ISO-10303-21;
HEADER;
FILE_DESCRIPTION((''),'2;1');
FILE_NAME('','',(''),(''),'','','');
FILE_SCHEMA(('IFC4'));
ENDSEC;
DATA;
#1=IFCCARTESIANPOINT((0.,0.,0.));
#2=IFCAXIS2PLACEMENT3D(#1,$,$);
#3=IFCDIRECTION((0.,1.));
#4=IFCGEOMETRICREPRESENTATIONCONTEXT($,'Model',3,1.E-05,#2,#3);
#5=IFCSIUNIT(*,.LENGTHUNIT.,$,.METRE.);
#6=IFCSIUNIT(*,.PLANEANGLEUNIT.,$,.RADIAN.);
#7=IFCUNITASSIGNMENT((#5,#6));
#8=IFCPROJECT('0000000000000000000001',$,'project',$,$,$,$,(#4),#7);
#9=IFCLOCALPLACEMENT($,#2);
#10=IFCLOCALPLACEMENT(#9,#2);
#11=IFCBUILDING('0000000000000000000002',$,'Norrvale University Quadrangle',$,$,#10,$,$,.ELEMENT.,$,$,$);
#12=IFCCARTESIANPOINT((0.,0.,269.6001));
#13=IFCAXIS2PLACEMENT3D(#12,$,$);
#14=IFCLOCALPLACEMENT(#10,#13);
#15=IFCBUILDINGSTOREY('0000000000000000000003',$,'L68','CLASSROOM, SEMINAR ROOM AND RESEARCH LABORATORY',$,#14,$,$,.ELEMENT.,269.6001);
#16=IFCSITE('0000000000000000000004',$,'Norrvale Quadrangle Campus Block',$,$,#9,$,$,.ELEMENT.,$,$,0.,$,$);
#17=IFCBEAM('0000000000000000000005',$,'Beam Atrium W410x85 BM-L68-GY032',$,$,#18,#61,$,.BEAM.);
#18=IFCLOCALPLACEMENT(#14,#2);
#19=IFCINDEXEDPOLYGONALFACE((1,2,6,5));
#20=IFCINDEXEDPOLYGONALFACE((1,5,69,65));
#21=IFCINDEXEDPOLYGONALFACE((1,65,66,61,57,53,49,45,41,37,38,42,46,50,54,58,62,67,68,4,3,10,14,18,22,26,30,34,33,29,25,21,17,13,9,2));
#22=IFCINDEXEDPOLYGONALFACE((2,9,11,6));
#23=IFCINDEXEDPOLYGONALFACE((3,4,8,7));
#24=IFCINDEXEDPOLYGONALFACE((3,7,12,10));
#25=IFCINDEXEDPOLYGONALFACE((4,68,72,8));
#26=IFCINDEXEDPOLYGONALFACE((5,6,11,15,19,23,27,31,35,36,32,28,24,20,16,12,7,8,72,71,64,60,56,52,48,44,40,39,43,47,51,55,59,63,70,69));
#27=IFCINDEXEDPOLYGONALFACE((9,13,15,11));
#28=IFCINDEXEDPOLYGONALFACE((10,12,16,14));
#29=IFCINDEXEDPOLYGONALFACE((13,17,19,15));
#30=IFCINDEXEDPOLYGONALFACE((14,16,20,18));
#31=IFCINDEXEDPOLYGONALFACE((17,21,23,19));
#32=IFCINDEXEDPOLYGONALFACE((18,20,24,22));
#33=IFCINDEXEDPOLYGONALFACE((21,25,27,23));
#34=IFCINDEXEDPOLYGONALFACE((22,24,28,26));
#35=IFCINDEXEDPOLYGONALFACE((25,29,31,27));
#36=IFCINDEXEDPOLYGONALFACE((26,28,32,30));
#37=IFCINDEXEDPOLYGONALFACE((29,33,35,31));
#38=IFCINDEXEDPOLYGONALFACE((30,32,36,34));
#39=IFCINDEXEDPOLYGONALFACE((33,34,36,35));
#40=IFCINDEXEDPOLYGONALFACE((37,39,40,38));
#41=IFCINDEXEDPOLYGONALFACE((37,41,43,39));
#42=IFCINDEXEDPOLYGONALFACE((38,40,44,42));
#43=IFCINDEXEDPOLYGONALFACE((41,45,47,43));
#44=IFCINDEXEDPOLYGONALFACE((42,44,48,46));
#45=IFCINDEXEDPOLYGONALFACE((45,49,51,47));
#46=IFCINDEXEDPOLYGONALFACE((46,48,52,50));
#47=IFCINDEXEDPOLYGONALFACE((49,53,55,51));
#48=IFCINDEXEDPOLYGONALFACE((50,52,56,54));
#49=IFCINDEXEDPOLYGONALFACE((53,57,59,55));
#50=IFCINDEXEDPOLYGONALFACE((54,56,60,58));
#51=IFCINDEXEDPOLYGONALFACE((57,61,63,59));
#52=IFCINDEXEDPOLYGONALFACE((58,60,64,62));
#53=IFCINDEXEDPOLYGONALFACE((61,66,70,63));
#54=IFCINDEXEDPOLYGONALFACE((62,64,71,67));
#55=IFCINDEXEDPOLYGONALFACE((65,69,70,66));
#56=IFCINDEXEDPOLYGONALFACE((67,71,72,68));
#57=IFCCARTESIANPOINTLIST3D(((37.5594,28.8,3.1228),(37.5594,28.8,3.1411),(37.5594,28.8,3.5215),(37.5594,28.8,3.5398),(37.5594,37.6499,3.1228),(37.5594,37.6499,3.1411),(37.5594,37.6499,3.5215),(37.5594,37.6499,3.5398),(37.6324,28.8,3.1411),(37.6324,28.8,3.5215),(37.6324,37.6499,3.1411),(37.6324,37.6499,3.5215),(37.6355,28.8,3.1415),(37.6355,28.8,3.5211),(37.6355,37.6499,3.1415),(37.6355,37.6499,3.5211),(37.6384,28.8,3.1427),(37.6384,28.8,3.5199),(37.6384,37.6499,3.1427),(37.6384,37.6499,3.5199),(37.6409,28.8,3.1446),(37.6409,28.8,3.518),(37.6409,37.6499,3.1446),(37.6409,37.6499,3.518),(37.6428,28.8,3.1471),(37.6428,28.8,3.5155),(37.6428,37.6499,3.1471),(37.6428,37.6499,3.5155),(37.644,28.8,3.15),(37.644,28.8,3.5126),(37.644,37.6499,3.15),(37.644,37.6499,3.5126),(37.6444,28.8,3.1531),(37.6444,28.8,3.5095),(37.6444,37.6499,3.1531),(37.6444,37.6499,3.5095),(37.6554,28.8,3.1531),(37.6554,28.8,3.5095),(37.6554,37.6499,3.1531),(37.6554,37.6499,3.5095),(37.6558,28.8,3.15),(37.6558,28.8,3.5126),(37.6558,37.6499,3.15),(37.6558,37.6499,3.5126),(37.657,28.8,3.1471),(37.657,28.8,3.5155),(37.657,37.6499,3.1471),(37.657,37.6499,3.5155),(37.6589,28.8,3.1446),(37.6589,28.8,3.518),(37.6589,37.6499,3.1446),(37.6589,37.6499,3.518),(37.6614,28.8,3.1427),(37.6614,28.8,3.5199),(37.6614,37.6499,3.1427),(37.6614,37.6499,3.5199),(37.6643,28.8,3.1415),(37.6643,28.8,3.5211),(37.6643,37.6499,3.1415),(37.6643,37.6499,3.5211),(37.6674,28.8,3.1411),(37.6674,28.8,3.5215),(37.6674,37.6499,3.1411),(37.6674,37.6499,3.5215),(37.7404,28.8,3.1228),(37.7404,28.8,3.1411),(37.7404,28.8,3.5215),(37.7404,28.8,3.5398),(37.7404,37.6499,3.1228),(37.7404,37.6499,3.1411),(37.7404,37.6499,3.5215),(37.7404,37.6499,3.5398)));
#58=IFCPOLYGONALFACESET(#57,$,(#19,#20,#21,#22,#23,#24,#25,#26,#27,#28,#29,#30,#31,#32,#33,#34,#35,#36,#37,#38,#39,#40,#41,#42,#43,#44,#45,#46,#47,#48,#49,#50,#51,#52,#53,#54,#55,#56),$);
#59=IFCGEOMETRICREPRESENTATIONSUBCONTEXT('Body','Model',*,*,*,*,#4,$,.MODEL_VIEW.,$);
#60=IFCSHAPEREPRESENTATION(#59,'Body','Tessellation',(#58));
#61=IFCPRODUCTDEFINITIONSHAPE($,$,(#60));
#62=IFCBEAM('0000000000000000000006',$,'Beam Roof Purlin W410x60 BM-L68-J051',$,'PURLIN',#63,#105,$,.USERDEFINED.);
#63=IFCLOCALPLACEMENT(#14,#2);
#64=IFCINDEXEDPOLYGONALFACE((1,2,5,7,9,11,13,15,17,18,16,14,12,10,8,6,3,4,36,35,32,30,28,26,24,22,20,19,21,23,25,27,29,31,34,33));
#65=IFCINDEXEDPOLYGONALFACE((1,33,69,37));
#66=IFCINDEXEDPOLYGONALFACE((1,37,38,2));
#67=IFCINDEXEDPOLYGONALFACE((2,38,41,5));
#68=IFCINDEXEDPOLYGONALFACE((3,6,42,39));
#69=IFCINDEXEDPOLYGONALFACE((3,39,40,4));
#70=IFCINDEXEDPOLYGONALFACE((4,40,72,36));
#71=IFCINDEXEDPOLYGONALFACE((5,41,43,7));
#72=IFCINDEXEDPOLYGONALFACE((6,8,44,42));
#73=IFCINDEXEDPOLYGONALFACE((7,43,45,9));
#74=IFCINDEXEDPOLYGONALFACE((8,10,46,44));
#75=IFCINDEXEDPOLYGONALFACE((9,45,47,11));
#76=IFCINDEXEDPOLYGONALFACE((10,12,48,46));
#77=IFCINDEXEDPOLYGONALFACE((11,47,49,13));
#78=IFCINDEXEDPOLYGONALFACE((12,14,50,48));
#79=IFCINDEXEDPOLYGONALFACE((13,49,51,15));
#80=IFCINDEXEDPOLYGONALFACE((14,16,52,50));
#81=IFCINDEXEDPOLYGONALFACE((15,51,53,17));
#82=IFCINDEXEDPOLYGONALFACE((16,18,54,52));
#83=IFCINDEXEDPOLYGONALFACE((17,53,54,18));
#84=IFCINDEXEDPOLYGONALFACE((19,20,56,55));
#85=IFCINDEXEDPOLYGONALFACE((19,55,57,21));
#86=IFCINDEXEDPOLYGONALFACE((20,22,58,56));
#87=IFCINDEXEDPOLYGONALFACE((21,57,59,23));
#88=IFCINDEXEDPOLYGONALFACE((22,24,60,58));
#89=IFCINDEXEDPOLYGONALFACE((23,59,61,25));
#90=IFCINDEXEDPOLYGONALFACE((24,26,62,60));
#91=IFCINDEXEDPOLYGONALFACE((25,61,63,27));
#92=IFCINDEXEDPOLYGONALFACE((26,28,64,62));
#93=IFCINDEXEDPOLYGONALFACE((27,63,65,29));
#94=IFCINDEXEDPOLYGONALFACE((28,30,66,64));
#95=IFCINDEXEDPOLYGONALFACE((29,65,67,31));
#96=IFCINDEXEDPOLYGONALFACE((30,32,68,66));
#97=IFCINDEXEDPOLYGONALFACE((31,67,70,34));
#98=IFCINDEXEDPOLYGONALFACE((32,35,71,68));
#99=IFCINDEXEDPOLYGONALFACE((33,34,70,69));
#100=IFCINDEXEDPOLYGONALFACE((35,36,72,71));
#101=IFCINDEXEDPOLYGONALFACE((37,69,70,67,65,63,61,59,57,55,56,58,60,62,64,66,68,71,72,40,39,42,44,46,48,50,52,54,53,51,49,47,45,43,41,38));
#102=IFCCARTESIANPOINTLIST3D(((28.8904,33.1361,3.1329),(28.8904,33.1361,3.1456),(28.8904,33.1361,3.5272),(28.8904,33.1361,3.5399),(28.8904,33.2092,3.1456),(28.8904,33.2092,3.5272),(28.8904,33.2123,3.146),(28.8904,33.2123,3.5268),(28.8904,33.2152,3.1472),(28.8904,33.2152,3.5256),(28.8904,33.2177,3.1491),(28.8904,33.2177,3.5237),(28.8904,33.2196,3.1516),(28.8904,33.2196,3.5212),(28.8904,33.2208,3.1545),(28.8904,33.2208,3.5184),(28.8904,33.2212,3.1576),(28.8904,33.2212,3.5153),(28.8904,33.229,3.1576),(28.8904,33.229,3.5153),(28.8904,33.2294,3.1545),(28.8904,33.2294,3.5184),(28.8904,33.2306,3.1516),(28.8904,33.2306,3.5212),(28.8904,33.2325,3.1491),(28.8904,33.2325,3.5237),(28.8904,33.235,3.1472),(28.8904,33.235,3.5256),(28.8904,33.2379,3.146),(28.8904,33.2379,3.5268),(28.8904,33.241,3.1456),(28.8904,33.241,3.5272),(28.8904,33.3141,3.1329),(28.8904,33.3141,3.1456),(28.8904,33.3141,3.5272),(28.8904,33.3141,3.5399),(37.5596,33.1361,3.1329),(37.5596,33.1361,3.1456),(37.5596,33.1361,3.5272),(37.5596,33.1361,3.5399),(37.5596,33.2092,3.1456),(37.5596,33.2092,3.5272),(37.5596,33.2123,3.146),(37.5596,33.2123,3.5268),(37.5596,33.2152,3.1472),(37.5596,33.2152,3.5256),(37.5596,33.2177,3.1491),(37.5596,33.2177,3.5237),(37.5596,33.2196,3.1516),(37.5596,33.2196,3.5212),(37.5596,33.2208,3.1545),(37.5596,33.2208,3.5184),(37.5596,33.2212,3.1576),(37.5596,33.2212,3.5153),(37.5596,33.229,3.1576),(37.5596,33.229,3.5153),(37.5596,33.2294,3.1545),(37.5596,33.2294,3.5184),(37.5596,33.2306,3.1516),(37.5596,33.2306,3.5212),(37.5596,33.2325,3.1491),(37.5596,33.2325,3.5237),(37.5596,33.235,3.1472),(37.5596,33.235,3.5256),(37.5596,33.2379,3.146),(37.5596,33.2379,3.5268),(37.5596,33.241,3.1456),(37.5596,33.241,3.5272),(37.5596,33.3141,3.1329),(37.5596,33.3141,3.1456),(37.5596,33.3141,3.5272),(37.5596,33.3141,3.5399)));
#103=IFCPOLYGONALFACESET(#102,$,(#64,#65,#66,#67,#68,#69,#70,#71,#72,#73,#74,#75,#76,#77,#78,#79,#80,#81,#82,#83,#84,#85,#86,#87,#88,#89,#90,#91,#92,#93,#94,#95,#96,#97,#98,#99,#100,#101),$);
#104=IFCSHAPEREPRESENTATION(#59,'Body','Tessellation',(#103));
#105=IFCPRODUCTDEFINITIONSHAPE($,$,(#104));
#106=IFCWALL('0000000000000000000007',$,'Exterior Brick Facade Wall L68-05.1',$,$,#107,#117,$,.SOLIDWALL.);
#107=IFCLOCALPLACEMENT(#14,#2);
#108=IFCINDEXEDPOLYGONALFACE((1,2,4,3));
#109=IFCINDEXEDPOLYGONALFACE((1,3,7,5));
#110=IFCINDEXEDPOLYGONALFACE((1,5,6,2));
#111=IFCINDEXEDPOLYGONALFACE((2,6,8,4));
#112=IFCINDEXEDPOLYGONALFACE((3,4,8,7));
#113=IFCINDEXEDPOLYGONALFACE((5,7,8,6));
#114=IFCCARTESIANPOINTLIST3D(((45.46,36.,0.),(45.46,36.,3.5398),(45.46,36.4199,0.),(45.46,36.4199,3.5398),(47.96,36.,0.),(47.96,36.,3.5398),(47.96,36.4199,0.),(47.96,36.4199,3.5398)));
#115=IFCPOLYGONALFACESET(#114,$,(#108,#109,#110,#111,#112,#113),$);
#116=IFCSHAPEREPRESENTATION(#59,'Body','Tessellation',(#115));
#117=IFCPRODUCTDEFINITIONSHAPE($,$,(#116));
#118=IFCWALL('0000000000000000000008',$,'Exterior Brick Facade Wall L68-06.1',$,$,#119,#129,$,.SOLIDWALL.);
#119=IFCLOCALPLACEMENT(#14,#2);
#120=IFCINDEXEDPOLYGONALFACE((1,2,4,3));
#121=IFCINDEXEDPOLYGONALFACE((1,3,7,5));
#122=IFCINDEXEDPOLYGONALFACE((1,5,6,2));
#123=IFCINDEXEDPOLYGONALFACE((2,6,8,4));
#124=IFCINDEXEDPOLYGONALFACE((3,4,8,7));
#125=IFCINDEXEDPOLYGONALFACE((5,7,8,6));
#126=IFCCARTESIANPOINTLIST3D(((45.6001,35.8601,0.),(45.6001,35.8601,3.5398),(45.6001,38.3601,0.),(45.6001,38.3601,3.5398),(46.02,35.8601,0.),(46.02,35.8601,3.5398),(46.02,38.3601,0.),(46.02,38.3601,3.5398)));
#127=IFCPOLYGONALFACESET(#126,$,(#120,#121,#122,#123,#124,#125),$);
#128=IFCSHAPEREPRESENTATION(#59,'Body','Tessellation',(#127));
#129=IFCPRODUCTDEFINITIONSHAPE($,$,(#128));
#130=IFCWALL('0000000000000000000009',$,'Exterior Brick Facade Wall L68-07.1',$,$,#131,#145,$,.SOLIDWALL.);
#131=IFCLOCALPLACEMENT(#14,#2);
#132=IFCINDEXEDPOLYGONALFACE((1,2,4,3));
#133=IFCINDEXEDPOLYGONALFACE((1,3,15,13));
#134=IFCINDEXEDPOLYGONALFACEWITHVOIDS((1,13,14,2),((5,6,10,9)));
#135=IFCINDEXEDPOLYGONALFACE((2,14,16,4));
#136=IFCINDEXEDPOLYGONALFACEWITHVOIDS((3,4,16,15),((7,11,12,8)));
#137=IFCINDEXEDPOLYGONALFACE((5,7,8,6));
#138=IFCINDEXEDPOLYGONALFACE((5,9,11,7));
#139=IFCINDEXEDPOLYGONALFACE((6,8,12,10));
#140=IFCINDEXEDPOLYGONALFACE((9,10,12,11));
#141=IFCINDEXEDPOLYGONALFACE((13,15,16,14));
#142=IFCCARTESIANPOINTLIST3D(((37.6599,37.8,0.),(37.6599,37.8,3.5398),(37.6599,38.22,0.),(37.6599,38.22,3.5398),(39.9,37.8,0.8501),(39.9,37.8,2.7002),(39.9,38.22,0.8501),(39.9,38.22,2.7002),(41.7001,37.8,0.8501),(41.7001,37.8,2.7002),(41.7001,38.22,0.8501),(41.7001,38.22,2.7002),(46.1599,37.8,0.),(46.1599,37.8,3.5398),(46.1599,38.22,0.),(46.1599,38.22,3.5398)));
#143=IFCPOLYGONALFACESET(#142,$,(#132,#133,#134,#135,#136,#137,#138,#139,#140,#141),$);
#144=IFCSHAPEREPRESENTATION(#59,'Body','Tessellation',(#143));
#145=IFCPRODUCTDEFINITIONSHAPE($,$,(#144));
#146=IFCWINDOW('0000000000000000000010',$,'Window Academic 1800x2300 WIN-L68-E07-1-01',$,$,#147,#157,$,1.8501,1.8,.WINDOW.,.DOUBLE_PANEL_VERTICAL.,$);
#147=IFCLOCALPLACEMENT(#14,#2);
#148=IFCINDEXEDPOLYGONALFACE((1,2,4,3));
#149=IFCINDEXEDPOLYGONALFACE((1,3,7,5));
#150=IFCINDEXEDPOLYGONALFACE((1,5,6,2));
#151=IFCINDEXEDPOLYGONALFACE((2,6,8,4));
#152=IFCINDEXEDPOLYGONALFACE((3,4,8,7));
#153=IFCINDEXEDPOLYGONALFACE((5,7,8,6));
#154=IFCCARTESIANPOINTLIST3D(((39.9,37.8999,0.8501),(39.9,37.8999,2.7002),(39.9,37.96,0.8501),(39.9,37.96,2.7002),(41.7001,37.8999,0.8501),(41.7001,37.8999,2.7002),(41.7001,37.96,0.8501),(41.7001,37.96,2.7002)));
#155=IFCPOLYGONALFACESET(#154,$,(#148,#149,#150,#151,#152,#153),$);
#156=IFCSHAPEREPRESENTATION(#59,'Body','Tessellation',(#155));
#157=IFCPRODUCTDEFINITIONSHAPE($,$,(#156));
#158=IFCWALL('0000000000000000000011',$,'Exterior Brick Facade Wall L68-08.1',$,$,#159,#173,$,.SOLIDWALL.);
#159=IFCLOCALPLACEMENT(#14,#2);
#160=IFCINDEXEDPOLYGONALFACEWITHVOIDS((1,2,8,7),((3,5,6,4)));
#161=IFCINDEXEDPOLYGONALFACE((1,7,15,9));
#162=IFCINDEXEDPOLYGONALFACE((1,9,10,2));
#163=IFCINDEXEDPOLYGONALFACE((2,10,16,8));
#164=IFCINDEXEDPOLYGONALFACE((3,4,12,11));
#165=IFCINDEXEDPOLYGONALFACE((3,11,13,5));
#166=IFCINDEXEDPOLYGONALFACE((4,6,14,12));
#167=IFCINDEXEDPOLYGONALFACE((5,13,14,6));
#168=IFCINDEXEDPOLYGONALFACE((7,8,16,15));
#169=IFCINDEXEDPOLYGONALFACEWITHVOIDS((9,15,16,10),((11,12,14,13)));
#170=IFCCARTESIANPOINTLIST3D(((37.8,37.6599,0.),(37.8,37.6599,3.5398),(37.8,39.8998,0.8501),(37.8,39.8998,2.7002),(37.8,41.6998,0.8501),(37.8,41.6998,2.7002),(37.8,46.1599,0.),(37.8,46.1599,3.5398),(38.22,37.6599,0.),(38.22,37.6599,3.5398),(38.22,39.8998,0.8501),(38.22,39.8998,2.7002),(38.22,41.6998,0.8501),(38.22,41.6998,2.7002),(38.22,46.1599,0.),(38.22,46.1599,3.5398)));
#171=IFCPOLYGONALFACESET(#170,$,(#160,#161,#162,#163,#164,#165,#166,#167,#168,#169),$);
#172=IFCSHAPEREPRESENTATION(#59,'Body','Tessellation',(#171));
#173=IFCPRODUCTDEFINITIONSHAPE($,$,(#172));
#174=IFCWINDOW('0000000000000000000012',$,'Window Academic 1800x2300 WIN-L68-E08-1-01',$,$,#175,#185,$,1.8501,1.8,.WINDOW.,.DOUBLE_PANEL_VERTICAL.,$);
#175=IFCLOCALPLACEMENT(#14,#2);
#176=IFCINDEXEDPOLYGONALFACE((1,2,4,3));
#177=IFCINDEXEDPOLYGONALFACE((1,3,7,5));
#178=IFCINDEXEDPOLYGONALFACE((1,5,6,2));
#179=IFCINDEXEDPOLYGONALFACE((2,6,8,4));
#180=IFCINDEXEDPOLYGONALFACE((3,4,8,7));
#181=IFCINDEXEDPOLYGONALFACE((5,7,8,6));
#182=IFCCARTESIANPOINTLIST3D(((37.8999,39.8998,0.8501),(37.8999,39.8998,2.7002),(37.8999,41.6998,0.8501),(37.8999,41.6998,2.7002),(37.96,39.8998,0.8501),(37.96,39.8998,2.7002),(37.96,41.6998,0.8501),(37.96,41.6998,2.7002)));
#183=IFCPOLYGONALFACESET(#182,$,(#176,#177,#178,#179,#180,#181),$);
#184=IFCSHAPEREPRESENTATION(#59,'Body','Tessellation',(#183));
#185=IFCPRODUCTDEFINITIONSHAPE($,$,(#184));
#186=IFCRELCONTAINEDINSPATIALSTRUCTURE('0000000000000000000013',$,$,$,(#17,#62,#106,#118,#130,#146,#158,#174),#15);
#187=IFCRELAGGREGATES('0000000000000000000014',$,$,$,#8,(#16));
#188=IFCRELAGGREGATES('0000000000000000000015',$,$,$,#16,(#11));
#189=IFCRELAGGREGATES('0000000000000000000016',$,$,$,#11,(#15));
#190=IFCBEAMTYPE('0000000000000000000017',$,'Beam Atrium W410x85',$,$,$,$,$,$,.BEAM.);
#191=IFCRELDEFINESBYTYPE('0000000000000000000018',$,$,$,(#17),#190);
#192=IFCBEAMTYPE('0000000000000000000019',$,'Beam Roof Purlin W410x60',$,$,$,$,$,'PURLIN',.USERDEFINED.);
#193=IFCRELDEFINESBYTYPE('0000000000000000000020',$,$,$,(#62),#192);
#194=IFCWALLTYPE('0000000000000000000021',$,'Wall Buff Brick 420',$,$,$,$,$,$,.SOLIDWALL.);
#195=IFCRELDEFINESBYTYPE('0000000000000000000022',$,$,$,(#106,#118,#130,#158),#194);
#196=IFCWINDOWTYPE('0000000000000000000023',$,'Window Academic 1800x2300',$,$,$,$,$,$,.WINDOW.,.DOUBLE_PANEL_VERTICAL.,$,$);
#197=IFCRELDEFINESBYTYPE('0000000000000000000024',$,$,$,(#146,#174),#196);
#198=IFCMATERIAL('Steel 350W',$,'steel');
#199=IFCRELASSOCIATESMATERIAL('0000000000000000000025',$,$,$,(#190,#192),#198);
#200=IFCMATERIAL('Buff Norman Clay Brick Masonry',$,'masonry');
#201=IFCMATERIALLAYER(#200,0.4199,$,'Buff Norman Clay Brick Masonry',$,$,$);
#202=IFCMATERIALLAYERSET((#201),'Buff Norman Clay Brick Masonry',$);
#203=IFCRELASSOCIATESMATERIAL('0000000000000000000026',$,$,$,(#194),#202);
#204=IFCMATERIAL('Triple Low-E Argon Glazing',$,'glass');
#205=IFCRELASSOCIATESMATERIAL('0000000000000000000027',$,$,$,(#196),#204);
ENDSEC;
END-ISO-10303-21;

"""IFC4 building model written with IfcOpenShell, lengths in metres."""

from ifc_helpers import new_model, si_unit, direction, frame, frame_2d, origin, origin_2d, place, context, subcontext, project, spatial, rectangle, i_section, extrude, material, layer, layer_set, material_profile, profile_set, type_object, element, fill, save


model = new_model("IFC4")

# Units and contexts
model_context = context("Model", 3, precision=1e-05, world=origin(), true_north=direction((0.0, 1.0)))
body_context = subcontext(model_context, "Body", "Model", "MODEL_VIEW")
ifc_project = project(units=[si_unit("LENGTHUNIT", "METRE"), si_unit("PLANEANGLEUNIT", "RADIAN")], contexts=[model_context])

# Site, building, storey
site_placement = place(None, origin())
site = spatial("IfcSite", under=ifc_project, at=site_placement, Name="Norrvale Quadrangle Campus Block", CompositionType="ELEMENT", RefElevation=0.0)
building_placement = place(site_placement, origin())
building = spatial("IfcBuilding", under=site, at=building_placement, Name="Norrvale University Quadrangle", CompositionType="ELEMENT")
storey_placement = place(building_placement, frame((0.0, 0.0, 269.6001)))
storey = spatial("IfcBuildingStorey", under=building, at=storey_placement, Name="L68", Description="CLASSROOM, SEMINAR ROOM AND RESEARCH LABORATORY", CompositionType="ELEMENT", Elevation=269.6001)

# Beams
ifc_material_1 = material(Name="Steel 350W", Category="steel")
ifc_material_profile_1 = material_profile(ifc_material_1, i_section(OverallWidth=0.1809, OverallDepth=0.417, WebThickness=0.011, FlangeThickness=0.0183, FilletRadius=0.012, at=origin_2d()), Name="Steel 350W")
ifc_profile_set_1 = profile_set([ifc_material_profile_1], Name="Steel 350W")
beam_type_1 = type_object("IfcBeamType", Name="Beam Atrium W410x85", PredefinedType="BEAM", material=ifc_profile_set_1)
beam_1_placement = place(storey_placement, frame((37.6499, 28.8, 3.3313), z_axis=(0.0, 1.0, 0.0), x_axis=(-1.0, 0.0, 0.0)))
element("IfcBeam", 1, at=beam_1_placement, inside=storey, type_object=beam_type_1, Name="Beam Atrium W410x85 BM-L68-GY032", PredefinedType="BEAM", context=body_context, shape_type="SweptSolid", body=[
    extrude(i_section(OverallWidth=0.1809, OverallDepth=0.417, WebThickness=0.011, FlangeThickness=0.0183, FilletRadius=0.012, at=origin_2d()), origin(), (0.0, 0.0, 1.0), 8.8499),
])
ifc_material_profile_2 = material_profile(ifc_material_1, i_section(OverallWidth=0.178, OverallDepth=0.407, WebThickness=0.0078, FlangeThickness=0.0127, FilletRadius=0.012, at=origin_2d()), Name="Steel 350W")
ifc_profile_set_2 = profile_set([ifc_material_profile_2], Name="Steel 350W")
beam_type_2 = type_object("IfcBeamType", Name="Beam Roof Purlin W410x60", ElementType="PURLIN", PredefinedType="USERDEFINED", material=ifc_profile_set_2)
beam_2_placement = place(storey_placement, frame((28.8904, 33.2251, 3.3364), z_axis=(1.0, 0.0, 0.0), x_axis=(0.0, 1.0, 0.0)))
element("IfcBeam", 2, at=beam_2_placement, inside=storey, type_object=beam_type_2, Name="Beam Roof Purlin W410x60 BM-L68-J051", ObjectType="PURLIN", PredefinedType="USERDEFINED", context=body_context, shape_type="SweptSolid", body=[
    extrude(i_section(OverallWidth=0.178, OverallDepth=0.407, WebThickness=0.0078, FlangeThickness=0.0127, FilletRadius=0.012, at=origin_2d()), origin(), (0.0, 0.0, 1.0), 8.6692),
])

# Walls
ifc_material_2 = material(Name="Buff Norman Clay Brick Masonry", Category="masonry")
ifc_layer = layer(ifc_material_2, 0.4199, Name="Buff Norman Clay Brick Masonry")
ifc_layer_set = layer_set([ifc_layer], Name="Buff Norman Clay Brick Masonry")
wall_type = type_object("IfcWallType", Name="Wall Buff Brick 420", PredefinedType="SOLIDWALL", material=ifc_layer_set)
for number, where, z_axis, x_axis, name in (
    (3, (47.96, 36.21, 0.0), (0.0, 0.0, 1.0), (-1.0, 0.0, 0.0), "Exterior Brick Facade Wall L68-05.1"),
    (4, (45.8101, 35.8601, 0.0), (0.0, 0.0, 1.0), (0.0, 1.0, 0.0), "Exterior Brick Facade Wall L68-06.1"),
):
    element("IfcWall", number, at=place(storey_placement, frame(where, z_axis=z_axis, x_axis=x_axis)), inside=storey, type_object=wall_type, Name=name, PredefinedType="SOLIDWALL", context=body_context, shape_type="SweptSolid", body=[
        extrude(rectangle(XDim=2.5, YDim=0.4199, at=frame_2d((1.25, 0.0))), origin(), (0.0, 0.0, 1.0), 3.5398),
    ])

# Walls, openings, windows
wall_1_placement = place(storey_placement, frame((46.1599, 38.01, 0.0), z_axis=(0.0, 0.0, 1.0), x_axis=(-1.0, 0.0, 0.0)))
wall_1 = element("IfcWall", 5, at=wall_1_placement, inside=storey, type_object=wall_type, Name="Exterior Brick Facade Wall L68-07.1", PredefinedType="SOLIDWALL", context=body_context, shape_type="SweptSolid", body=[
    extrude(rectangle(XDim=8.5, YDim=0.4199, at=frame_2d((4.25, 0.0))), origin(), (0.0, 0.0, 1.0), 3.5398),
])
opening_1_placement = place(wall_1_placement, frame((4.46, 0.0, 0.8501)))
opening_1 = element("IfcOpeningElement", 6, at=opening_1_placement, cuts=wall_1, PredefinedType="OPENING", context=body_context, shape_type="SweptSolid", body=[
    extrude(rectangle(XDim=1.8, YDim=1.8501, at=frame_2d((0.8999, 0.925))), frame((0.0, 0.2219, 0.0), z_axis=(0.0, -1.0, 0.0), x_axis=(1.0, 0.0, 0.0)), (0.0, 0.0, 1.0), 0.4438),
])
ifc_material_3 = material(Name="Triple Low-E Argon Glazing", Category="glass")
window_type_1 = type_object("IfcWindowType", Name="Window Academic 1800x2300", PartitioningType="DOUBLE_PANEL_VERTICAL", PredefinedType="WINDOW", material=ifc_material_3)
window_1_placement = place(opening_1_placement, origin())
window_1 = element("IfcWindow", 7, at=window_1_placement, inside=storey, type_object=window_type_1, Name="Window Academic 1800x2300 WIN-L68-E07-1-01", OverallHeight=1.8501, OverallWidth=1.8, PartitioningType="DOUBLE_PANEL_VERTICAL", PredefinedType="WINDOW", context=body_context, shape_type="SweptSolid", body=[
    extrude(rectangle(XDim=1.8, YDim=1.8501, at=frame_2d((0.8999, 0.925))), frame((0.0, 0.1101, 0.0), z_axis=(0.0, -1.0, 0.0), x_axis=(1.0, 0.0, 0.0)), (0.0, 0.0, 1.0), 0.0601),
])
fill(opening_1, window_1)
wall_2_placement = place(storey_placement, frame((38.01, 37.6599, 0.0), z_axis=(0.0, 0.0, 1.0), x_axis=(0.0, 1.0, 0.0)))
wall_2 = element("IfcWall", 8, at=wall_2_placement, inside=storey, type_object=wall_type, Name="Exterior Brick Facade Wall L68-08.1", PredefinedType="SOLIDWALL", context=body_context, shape_type="SweptSolid", body=[
    extrude(rectangle(XDim=8.5, YDim=0.4199, at=frame_2d((4.25, 0.0))), origin(), (0.0, 0.0, 1.0), 3.5398),
])
opening_2_placement = place(wall_2_placement, frame((2.24, 0.0, 0.8501)))
opening_2 = element("IfcOpeningElement", 9, at=opening_2_placement, cuts=wall_2, PredefinedType="OPENING", context=body_context, shape_type="SweptSolid", body=[
    extrude(rectangle(XDim=1.8, YDim=1.8501, at=frame_2d((0.8999, 0.925))), frame((0.0, 0.2219, 0.0), z_axis=(0.0, -1.0, 0.0), x_axis=(1.0, 0.0, 0.0)), (0.0, 0.0, 1.0), 0.4438),
])
window_2_placement = place(opening_2_placement, origin())
window_2 = element("IfcWindow", 10, at=window_2_placement, inside=storey, type_object=window_type_1, Name="Window Academic 1800x2300 WIN-L68-E08-1-01", OverallHeight=1.8501, OverallWidth=1.8, PartitioningType="DOUBLE_PANEL_VERTICAL", PredefinedType="WINDOW", context=body_context, shape_type="SweptSolid", body=[
    extrude(rectangle(XDim=1.8, YDim=1.8501, at=frame_2d((0.8999, 0.925))), frame((0.0, 0.1101, 0.0), z_axis=(0.0, -1.0, 0.0), x_axis=(1.0, 0.0, 0.0)), (0.0, 0.0, 1.0), 0.0601),
])
fill(opening_2, window_2)

save(model, "model.ifc")
